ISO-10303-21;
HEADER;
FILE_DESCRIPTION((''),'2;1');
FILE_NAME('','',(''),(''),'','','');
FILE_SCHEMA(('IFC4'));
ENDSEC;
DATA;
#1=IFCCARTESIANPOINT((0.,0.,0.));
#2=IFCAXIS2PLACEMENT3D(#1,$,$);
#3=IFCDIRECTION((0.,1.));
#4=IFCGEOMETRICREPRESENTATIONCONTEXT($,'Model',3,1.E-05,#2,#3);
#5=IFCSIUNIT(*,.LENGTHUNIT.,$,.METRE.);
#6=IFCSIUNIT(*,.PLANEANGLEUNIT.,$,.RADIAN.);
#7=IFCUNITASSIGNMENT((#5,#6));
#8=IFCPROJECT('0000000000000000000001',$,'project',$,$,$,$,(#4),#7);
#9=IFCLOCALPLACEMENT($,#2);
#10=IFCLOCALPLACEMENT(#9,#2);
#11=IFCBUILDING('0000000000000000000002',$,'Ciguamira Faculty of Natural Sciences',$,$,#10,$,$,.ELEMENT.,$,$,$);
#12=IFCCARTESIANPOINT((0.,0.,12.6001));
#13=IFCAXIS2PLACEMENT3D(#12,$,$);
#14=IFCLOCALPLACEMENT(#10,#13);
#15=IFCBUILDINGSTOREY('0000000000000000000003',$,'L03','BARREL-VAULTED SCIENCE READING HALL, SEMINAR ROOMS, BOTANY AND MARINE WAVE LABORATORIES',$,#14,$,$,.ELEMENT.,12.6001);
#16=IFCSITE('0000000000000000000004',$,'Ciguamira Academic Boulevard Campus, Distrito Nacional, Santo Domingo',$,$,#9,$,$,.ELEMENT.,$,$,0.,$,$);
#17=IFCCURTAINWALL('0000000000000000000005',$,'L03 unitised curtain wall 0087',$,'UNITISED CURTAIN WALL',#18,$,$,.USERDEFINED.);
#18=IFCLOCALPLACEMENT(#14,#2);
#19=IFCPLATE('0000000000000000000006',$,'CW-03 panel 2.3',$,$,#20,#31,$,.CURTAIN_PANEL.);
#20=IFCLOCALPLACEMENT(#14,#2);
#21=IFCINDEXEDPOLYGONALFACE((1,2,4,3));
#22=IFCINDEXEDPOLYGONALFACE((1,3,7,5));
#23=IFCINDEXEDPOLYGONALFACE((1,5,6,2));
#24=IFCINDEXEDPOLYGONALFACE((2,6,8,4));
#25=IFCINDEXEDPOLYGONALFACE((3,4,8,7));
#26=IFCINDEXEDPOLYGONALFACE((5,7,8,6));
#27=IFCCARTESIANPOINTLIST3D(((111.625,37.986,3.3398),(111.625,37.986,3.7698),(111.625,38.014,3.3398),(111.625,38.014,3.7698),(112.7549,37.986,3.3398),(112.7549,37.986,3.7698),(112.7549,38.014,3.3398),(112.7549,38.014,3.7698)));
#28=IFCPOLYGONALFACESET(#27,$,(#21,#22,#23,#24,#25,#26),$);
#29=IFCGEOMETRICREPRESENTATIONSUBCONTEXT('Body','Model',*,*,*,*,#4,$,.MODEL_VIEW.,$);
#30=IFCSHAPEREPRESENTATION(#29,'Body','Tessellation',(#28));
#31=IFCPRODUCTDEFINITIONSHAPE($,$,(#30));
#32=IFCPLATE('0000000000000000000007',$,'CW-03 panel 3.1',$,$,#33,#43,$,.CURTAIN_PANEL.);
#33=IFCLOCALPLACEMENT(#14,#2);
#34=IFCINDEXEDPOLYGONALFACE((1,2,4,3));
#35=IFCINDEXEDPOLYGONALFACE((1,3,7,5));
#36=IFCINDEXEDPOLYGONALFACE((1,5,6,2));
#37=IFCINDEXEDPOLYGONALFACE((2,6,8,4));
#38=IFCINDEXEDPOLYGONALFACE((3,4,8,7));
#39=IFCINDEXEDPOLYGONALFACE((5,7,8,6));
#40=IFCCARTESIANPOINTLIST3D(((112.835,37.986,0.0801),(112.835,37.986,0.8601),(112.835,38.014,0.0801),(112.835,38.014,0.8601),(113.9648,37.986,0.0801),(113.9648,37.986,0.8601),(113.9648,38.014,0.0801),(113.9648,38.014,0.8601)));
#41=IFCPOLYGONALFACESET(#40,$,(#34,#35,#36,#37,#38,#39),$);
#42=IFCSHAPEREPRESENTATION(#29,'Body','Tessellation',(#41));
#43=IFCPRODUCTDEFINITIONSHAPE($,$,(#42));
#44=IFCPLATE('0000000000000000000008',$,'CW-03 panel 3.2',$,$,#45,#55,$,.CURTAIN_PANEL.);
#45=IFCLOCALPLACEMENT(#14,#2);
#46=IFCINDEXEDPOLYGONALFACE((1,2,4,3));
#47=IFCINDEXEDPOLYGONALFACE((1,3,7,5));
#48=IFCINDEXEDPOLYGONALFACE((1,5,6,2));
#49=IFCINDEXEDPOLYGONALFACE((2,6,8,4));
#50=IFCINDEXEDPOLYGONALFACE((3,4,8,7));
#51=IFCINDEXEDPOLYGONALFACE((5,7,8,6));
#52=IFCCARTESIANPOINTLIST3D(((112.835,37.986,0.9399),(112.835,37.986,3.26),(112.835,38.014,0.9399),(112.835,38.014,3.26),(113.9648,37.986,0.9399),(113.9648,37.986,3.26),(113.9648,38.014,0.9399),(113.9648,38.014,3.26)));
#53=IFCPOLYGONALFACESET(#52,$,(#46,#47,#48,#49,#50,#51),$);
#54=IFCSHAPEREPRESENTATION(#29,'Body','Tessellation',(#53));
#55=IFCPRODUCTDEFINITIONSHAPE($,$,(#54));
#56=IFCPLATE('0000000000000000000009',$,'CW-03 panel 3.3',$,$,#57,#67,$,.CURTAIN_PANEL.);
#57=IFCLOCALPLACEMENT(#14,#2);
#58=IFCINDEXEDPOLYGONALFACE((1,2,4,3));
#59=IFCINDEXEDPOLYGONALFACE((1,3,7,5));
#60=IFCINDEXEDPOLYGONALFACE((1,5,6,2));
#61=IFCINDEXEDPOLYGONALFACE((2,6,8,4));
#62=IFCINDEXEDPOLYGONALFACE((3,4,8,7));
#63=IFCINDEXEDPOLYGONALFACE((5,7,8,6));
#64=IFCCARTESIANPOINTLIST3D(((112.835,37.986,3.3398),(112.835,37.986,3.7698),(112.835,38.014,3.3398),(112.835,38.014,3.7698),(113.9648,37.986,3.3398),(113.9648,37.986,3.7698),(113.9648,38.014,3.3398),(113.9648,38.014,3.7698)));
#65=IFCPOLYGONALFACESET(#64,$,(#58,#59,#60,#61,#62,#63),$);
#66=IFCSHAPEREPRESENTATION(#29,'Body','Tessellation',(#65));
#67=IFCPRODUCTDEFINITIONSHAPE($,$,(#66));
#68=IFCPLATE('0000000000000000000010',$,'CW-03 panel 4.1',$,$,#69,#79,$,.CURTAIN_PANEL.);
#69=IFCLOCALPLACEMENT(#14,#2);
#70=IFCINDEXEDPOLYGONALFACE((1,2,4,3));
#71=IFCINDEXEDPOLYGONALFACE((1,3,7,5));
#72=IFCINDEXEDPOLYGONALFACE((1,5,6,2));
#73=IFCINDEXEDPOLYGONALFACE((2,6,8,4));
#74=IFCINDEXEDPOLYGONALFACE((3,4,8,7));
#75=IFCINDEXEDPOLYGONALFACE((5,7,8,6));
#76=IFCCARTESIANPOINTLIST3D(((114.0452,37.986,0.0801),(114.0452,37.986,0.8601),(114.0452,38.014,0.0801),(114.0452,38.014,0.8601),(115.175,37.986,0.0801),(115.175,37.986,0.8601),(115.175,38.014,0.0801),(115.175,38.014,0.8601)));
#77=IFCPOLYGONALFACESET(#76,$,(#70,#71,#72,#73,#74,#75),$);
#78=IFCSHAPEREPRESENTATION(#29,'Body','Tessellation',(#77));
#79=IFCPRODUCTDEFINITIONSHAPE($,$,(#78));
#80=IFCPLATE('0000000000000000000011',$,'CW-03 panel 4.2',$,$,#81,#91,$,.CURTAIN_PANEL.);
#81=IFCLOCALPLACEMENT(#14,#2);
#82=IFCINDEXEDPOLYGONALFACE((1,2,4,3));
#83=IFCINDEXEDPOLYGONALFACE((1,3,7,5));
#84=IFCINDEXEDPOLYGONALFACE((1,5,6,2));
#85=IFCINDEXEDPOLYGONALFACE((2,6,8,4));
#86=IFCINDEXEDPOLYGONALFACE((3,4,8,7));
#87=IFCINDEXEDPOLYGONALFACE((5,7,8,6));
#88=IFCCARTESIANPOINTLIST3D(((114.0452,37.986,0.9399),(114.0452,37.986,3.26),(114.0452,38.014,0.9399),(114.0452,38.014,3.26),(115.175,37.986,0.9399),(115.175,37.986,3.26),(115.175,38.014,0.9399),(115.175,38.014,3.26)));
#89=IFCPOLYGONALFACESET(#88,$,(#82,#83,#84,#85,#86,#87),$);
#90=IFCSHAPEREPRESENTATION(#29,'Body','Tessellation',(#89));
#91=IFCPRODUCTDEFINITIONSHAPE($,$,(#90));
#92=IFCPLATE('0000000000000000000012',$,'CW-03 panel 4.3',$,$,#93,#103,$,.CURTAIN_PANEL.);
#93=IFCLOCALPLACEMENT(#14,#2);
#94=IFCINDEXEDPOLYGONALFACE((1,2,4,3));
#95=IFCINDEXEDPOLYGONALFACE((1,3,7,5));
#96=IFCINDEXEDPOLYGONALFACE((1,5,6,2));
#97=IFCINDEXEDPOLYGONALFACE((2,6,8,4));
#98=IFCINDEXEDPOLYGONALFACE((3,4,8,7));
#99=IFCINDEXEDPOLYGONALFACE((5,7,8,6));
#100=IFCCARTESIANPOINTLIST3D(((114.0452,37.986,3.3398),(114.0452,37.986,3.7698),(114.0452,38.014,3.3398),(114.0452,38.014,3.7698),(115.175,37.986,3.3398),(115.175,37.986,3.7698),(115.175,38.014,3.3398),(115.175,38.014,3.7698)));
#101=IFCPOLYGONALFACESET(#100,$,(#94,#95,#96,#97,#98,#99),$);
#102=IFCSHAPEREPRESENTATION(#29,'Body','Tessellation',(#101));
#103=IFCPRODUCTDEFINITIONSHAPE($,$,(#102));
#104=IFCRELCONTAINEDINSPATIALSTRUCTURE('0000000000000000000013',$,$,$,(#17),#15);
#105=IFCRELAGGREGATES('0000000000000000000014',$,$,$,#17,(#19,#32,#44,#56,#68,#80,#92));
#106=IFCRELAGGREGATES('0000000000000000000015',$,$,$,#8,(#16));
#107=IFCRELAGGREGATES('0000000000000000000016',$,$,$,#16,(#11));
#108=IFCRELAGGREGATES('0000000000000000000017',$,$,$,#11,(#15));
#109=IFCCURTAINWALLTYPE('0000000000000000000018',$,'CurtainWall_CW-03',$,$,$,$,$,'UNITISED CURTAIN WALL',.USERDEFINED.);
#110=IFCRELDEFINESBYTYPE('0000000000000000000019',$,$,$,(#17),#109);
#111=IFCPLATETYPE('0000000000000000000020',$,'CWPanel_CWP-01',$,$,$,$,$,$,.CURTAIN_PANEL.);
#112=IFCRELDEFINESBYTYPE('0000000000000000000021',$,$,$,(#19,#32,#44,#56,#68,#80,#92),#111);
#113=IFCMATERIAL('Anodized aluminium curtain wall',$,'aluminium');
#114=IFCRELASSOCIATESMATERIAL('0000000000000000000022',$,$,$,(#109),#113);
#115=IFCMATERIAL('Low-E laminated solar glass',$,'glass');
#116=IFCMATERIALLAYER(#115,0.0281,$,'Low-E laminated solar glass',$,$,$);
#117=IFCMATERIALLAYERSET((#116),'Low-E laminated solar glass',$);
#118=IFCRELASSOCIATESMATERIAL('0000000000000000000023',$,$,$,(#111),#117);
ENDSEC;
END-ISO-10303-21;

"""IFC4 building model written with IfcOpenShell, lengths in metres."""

from ifc_helpers import new_model, si_unit, direction, frame, origin, origin_2d, place, context, subcontext, project, spatial, rectangle, extrude, material, layer, layer_set, type_object, element, aggregate, save


model = new_model("IFC4")

# Units and contexts
model_context = context("Model", 3, precision=1e-05, world=origin(), true_north=direction((0.0, 1.0)))
body_context = subcontext(model_context, "Body", "Model", "MODEL_VIEW")
ifc_project = project(units=[si_unit("LENGTHUNIT", "METRE"), si_unit("PLANEANGLEUNIT", "RADIAN")], contexts=[model_context])

# Site, building, storey
site_placement = place(None, origin())
site = spatial("IfcSite", under=ifc_project, at=site_placement, Name="Ciguamira Academic Boulevard Campus, Distrito Nacional, Santo Domingo", CompositionType="ELEMENT", RefElevation=0.0)
building_placement = place(site_placement, origin())
building = spatial("IfcBuilding", under=site, at=building_placement, Name="Ciguamira Faculty of Natural Sciences", CompositionType="ELEMENT")
storey_placement = place(building_placement, frame((0.0, 0.0, 12.6001)))
storey = spatial("IfcBuildingStorey", under=building, at=storey_placement, Name="L03", Description="BARREL-VAULTED SCIENCE READING HALL, SEMINAR ROOMS, BOTANY AND MARINE WAVE LABORATORIES", CompositionType="ELEMENT", Elevation=12.6001)

# Curtain wall, plates
ifc_material_1 = material(Name="Anodized aluminium curtain wall", Category="aluminium")
curtain_wall_type = type_object("IfcCurtainWallType", Name="CurtainWall_CW-03", ElementType="UNITISED CURTAIN WALL", PredefinedType="USERDEFINED", material=ifc_material_1)
curtain_wall_placement = place(storey_placement, origin())
curtain_wall = element("IfcCurtainWall", 1, at=curtain_wall_placement, inside=storey, type_object=curtain_wall_type, Name="L03 unitised curtain wall 0087", ObjectType="UNITISED CURTAIN WALL", PredefinedType="USERDEFINED")
ifc_material_2 = material(Name="Low-E laminated solar glass", Category="glass")
ifc_layer = layer(ifc_material_2, 0.0281, Name="Low-E laminated solar glass")
ifc_layer_set = layer_set([ifc_layer], Name="Low-E laminated solar glass")
plate_type = type_object("IfcPlateType", Name="CWPanel_CWP-01", PredefinedType="CURTAIN_PANEL", material=ifc_layer_set)
plate_1_placement = place(storey_placement, frame((112.1899, 38.0, 3.3398), z_axis=(0.0, 0.0, 1.0), x_axis=(1.0, 0.0, 0.0)))
plate_1 = element("IfcPlate", 2, at=plate_1_placement, type_object=plate_type, Name="CW-03 panel 2.3", PredefinedType="CURTAIN_PANEL", context=body_context, shape_type="SweptSolid", body=[
    extrude(rectangle(XDim=1.1299, YDim=0.0281, at=origin_2d()), origin(), (0.0, 0.0, 1.0), 0.4299),
])
plate_2_placement = place(storey_placement, frame((113.3999, 38.0, 0.0801), z_axis=(0.0, 0.0, 1.0), x_axis=(1.0, 0.0, 0.0)))
plate_2 = element("IfcPlate", 3, at=plate_2_placement, type_object=plate_type, Name="CW-03 panel 3.1", PredefinedType="CURTAIN_PANEL", context=body_context, shape_type="SweptSolid", body=[
    extrude(rectangle(XDim=1.1299, YDim=0.0281, at=origin_2d()), origin(), (0.0, 0.0, 1.0), 0.78),
])
plate_3_placement = place(storey_placement, frame((113.3999, 38.0, 0.9399), z_axis=(0.0, 0.0, 1.0), x_axis=(1.0, 0.0, 0.0)))
plate_3 = element("IfcPlate", 4, at=plate_3_placement, type_object=plate_type, Name="CW-03 panel 3.2", PredefinedType="CURTAIN_PANEL", context=body_context, shape_type="SweptSolid", body=[
    extrude(rectangle(XDim=1.1299, YDim=0.0281, at=origin_2d()), origin(), (0.0, 0.0, 1.0), 2.3201),
])
plate_4_placement = place(storey_placement, frame((113.3999, 38.0, 3.3398), z_axis=(0.0, 0.0, 1.0), x_axis=(1.0, 0.0, 0.0)))
plate_4 = element("IfcPlate", 5, at=plate_4_placement, type_object=plate_type, Name="CW-03 panel 3.3", PredefinedType="CURTAIN_PANEL", context=body_context, shape_type="SweptSolid", body=[
    extrude(rectangle(XDim=1.1299, YDim=0.0281, at=origin_2d()), origin(), (0.0, 0.0, 1.0), 0.4299),
])
plate_5_placement = place(storey_placement, frame((114.6101, 38.0, 0.0801), z_axis=(0.0, 0.0, 1.0), x_axis=(1.0, 0.0, 0.0)))
plate_5 = element("IfcPlate", 6, at=plate_5_placement, type_object=plate_type, Name="CW-03 panel 4.1", PredefinedType="CURTAIN_PANEL", context=body_context, shape_type="SweptSolid", body=[
    extrude(rectangle(XDim=1.1299, YDim=0.0281, at=origin_2d()), origin(), (0.0, 0.0, 1.0), 0.78),
])
plate_6_placement = place(storey_placement, frame((114.6101, 38.0, 0.9399), z_axis=(0.0, 0.0, 1.0), x_axis=(1.0, 0.0, 0.0)))
plate_6 = element("IfcPlate", 7, at=plate_6_placement, type_object=plate_type, Name="CW-03 panel 4.2", PredefinedType="CURTAIN_PANEL", context=body_context, shape_type="SweptSolid", body=[
    extrude(rectangle(XDim=1.1299, YDim=0.0281, at=origin_2d()), origin(), (0.0, 0.0, 1.0), 2.3201),
])
plate_7_placement = place(storey_placement, frame((114.6101, 38.0, 3.3398), z_axis=(0.0, 0.0, 1.0), x_axis=(1.0, 0.0, 0.0)))
plate_7 = element("IfcPlate", 8, at=plate_7_placement, type_object=plate_type, Name="CW-03 panel 4.3", PredefinedType="CURTAIN_PANEL", context=body_context, shape_type="SweptSolid", body=[
    extrude(rectangle(XDim=1.1299, YDim=0.0281, at=origin_2d()), origin(), (0.0, 0.0, 1.0), 0.4299),
])
aggregate(curtain_wall, [plate_1, plate_2, plate_3, plate_4, plate_5, plate_6, plate_7])

save(model, "model.ifc")
